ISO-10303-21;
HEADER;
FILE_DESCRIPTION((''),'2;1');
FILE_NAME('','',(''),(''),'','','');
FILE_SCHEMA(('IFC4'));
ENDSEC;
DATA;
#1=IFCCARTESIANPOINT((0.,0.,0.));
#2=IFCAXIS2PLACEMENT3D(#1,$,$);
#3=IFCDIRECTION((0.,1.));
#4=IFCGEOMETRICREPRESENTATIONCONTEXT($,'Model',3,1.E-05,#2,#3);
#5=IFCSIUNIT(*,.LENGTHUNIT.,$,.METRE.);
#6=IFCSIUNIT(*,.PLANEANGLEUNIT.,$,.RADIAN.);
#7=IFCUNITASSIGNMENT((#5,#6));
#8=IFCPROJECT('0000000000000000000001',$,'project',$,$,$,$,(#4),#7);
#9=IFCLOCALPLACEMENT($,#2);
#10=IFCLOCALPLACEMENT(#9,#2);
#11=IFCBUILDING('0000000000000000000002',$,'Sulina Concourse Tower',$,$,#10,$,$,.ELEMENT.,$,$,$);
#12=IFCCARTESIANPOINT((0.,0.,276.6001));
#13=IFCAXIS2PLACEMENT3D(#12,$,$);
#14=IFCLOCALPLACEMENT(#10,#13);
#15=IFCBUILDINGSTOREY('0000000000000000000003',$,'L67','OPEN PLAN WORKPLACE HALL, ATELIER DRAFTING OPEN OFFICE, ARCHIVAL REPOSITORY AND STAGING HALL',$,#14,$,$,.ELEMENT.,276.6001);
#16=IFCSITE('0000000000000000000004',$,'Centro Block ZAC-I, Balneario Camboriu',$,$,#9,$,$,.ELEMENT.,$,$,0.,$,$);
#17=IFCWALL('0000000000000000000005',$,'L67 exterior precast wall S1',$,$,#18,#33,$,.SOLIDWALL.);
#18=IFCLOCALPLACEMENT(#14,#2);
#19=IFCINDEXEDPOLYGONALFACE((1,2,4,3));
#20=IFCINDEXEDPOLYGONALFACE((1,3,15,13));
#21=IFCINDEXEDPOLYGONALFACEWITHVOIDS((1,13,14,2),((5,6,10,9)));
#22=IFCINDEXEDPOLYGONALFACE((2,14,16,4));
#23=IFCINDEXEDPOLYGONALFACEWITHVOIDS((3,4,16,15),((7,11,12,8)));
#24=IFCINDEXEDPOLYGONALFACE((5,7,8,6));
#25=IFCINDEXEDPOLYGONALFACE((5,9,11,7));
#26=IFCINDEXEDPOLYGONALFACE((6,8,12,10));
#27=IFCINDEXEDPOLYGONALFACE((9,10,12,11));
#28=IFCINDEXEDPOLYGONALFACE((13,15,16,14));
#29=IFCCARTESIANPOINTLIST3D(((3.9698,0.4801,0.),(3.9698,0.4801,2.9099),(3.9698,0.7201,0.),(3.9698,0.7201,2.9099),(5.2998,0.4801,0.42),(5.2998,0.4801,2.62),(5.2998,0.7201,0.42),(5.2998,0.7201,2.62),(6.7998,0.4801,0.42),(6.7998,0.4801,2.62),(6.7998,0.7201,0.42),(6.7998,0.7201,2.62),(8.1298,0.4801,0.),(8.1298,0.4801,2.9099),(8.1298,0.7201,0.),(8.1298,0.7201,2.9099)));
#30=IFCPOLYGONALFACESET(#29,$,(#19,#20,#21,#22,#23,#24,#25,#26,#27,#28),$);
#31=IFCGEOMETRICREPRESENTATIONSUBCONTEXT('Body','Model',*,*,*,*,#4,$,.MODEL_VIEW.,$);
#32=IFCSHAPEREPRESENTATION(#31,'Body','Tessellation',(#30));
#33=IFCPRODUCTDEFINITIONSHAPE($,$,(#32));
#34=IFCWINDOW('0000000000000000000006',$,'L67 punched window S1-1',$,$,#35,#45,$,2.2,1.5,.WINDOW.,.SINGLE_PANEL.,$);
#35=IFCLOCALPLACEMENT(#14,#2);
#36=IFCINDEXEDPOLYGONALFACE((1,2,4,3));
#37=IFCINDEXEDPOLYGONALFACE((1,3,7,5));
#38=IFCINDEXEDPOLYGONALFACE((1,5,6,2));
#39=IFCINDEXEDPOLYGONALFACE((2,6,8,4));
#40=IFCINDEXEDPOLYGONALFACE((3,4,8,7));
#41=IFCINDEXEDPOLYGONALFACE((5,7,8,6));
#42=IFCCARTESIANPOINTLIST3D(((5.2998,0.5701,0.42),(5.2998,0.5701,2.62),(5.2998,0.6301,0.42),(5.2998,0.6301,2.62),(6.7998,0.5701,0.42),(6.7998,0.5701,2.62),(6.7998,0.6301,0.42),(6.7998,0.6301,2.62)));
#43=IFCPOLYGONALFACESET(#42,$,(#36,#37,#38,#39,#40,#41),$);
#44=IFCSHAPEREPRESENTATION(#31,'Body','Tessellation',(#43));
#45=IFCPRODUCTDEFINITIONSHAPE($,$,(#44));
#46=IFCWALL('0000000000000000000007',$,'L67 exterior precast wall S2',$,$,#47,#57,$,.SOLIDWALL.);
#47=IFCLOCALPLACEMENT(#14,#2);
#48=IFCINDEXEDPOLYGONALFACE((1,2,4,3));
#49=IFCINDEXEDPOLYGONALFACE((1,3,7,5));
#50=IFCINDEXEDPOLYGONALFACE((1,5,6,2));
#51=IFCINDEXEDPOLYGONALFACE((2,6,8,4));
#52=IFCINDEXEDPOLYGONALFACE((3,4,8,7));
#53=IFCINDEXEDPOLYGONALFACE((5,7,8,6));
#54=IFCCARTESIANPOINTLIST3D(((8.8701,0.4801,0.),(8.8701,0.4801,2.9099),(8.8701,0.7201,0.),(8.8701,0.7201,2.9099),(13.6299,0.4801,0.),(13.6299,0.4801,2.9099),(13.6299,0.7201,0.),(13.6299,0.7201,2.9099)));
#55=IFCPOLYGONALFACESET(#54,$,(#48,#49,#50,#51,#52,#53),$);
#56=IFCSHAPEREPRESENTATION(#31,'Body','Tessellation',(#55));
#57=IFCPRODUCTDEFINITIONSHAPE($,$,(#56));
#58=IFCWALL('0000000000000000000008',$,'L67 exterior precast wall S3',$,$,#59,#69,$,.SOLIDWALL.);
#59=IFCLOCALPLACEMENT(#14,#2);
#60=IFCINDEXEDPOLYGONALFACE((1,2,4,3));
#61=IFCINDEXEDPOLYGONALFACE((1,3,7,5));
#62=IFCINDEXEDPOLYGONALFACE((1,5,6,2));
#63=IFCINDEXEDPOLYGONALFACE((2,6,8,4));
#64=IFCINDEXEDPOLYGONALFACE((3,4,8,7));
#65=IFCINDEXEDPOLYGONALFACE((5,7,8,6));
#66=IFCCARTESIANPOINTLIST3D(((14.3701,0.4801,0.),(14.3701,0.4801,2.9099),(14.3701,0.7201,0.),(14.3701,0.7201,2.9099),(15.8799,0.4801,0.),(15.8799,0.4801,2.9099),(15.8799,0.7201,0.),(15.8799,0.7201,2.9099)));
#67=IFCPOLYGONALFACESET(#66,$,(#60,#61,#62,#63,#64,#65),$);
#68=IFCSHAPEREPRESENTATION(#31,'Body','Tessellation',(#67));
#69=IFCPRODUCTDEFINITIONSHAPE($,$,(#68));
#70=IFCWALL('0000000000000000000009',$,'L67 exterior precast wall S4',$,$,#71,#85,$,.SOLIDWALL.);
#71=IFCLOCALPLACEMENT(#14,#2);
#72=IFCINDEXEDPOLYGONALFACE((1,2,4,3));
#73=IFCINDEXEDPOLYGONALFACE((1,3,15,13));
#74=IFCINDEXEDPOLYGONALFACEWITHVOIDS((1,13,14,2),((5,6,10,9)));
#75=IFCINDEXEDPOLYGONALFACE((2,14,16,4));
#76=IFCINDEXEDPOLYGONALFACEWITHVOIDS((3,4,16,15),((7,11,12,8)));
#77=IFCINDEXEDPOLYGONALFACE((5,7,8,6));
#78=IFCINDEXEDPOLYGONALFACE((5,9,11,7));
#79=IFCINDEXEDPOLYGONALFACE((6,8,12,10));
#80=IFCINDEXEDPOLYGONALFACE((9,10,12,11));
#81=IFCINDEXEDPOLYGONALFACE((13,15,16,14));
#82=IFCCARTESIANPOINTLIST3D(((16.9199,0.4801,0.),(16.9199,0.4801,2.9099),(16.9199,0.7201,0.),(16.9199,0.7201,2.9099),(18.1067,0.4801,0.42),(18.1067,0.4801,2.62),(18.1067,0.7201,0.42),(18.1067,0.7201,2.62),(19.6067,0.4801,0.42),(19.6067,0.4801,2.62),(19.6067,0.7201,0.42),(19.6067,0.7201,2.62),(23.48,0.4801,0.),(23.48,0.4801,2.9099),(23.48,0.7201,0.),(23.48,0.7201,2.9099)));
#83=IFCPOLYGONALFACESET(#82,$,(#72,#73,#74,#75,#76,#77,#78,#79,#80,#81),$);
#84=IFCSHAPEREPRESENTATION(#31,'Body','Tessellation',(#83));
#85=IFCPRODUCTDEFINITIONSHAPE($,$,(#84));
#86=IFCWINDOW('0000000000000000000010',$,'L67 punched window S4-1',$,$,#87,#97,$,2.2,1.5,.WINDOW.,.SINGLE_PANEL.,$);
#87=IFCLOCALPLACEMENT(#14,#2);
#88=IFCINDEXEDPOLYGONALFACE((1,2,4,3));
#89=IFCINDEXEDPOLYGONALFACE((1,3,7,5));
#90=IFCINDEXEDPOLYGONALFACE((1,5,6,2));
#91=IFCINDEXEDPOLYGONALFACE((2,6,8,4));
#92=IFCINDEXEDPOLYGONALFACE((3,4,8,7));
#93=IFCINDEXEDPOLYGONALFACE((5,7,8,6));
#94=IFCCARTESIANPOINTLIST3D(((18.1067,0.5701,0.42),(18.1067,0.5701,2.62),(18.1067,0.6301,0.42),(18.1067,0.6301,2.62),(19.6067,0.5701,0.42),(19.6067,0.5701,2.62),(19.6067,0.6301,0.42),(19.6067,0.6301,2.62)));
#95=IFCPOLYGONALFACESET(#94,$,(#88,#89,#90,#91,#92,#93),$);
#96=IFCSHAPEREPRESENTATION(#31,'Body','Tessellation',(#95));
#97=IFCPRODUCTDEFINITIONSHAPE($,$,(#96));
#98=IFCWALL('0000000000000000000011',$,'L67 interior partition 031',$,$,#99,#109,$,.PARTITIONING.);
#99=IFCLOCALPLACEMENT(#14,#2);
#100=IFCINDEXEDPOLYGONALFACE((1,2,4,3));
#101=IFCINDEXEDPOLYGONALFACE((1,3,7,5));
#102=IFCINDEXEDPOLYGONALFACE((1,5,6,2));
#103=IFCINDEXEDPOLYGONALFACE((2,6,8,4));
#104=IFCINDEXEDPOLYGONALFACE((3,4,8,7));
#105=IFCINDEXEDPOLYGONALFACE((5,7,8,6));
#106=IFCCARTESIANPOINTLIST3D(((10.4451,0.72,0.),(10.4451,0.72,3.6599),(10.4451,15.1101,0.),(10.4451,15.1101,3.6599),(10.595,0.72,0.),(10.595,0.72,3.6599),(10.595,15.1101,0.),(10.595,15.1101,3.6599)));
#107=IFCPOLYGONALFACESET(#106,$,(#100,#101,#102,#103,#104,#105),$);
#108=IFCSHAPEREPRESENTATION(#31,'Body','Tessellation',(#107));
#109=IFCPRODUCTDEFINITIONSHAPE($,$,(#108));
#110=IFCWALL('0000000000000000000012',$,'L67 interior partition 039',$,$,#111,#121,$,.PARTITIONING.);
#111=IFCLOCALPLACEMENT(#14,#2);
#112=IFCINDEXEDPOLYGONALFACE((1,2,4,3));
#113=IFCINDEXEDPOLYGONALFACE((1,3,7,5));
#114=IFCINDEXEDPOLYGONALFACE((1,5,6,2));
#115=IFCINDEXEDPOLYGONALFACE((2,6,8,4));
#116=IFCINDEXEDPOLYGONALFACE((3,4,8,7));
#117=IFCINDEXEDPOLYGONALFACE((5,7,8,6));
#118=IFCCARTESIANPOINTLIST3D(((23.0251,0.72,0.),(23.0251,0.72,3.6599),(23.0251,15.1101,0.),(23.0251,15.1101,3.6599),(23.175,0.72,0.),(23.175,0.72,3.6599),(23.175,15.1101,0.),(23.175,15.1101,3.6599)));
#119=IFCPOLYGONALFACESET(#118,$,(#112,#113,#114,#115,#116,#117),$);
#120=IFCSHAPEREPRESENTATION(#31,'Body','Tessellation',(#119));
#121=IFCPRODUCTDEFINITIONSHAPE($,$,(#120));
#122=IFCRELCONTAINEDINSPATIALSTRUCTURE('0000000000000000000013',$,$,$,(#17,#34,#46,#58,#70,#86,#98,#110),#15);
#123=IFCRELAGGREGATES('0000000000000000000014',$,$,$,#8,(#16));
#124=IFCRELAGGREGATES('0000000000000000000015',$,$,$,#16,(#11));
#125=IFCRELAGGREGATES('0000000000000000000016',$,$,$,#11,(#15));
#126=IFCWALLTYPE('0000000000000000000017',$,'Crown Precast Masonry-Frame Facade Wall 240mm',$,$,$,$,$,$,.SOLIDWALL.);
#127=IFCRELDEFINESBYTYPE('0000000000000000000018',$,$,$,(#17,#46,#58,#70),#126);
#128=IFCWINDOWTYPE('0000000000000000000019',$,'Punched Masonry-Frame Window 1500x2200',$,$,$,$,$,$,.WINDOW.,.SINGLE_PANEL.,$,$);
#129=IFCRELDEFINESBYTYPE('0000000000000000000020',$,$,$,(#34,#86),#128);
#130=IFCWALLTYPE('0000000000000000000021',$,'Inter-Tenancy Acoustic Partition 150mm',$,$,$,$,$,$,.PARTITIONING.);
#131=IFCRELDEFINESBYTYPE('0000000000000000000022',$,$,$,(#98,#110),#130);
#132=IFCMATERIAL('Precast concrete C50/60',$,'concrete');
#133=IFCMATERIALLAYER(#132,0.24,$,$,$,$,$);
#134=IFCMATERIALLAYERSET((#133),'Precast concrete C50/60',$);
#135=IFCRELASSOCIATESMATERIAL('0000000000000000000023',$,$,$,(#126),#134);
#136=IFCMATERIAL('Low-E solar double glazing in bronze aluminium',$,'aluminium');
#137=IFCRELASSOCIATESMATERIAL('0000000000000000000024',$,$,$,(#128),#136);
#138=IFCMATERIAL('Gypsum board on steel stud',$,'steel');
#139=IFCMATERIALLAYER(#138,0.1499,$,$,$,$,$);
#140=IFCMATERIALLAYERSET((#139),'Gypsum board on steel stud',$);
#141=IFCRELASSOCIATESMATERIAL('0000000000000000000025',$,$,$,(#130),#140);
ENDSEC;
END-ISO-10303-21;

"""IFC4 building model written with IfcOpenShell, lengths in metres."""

from ifc_helpers import new_model, si_unit, direction, frame, frame_2d, origin, place, context, subcontext, project, spatial, rectangle, extrude, material, layer, layer_set, type_object, element, fill, save


model = new_model("IFC4")

# Units and contexts
model_context = context("Model", 3, precision=1e-05, world=origin(), true_north=direction((0.0, 1.0)))
body_context = subcontext(model_context, "Body", "Model", "MODEL_VIEW")
ifc_project = project(units=[si_unit("LENGTHUNIT", "METRE"), si_unit("PLANEANGLEUNIT", "RADIAN")], contexts=[model_context])

# Site, building, storey
site_placement = place(None, origin())
site = spatial("IfcSite", under=ifc_project, at=site_placement, Name="Centro Block ZAC-I, Balneario Camboriu", CompositionType="ELEMENT", RefElevation=0.0)
building_placement = place(site_placement, origin())
building = spatial("IfcBuilding", under=site, at=building_placement, Name="Sulina Concourse Tower", CompositionType="ELEMENT")
storey_placement = place(building_placement, frame((0.0, 0.0, 276.6001)))
storey = spatial("IfcBuildingStorey", under=building, at=storey_placement, Name="L67", Description="OPEN PLAN WORKPLACE HALL, ATELIER DRAFTING OPEN OFFICE, ARCHIVAL REPOSITORY AND STAGING HALL", CompositionType="ELEMENT", Elevation=276.6001)

# Wall, opening, window
ifc_material_1 = material(Name="Precast concrete C50/60", Category="concrete")
ifc_layer_1 = layer(ifc_material_1, 0.24)
ifc_layer_set_1 = layer_set([ifc_layer_1], Name="Precast concrete C50/60")
wall_type_1 = type_object("IfcWallType", Name="Crown Precast Masonry-Frame Facade Wall 240mm", PredefinedType="SOLIDWALL", material=ifc_layer_set_1)
wall_1_placement = place(storey_placement, frame((8.1299, 0.6001, 0.0), z_axis=(0.0, 0.0, 1.0), x_axis=(-1.0, 0.0, 0.0)))
wall_1 = element("IfcWall", 1, at=wall_1_placement, inside=storey, type_object=wall_type_1, Name="L67 exterior precast wall S1", PredefinedType="SOLIDWALL", context=body_context, shape_type="SweptSolid", body=[
    extrude(rectangle(XDim=4.1599, YDim=0.24, at=frame_2d((2.0801, 0.0))), origin(), (0.0, 0.0, 1.0), 2.9099),
])
opening_1_placement = place(wall_1_placement, frame((1.3301, 0.0, 0.4199)))
opening_1 = element("IfcOpeningElement", 2, at=opening_1_placement, cuts=wall_1, PredefinedType="OPENING", context=body_context, shape_type="SweptSolid", body=[
    extrude(rectangle(XDim=1.5, YDim=2.2, at=frame_2d((0.75, 1.1001))), frame((0.0, 0.1299, 0.0), z_axis=(0.0, -1.0, 0.0), x_axis=(1.0, 0.0, 0.0)), (0.0, 0.0, 1.0), 0.26),
])
ifc_material_2 = material(Name="Low-E solar double glazing in bronze aluminium", Category="aluminium")
window_type = type_object("IfcWindowType", Name="Punched Masonry-Frame Window 1500x2200", PartitioningType="SINGLE_PANEL", PredefinedType="WINDOW", material=ifc_material_2)
window_1_placement = place(opening_1_placement, origin())
window_1 = element("IfcWindow", 3, at=window_1_placement, inside=storey, type_object=window_type, Name="L67 punched window S1-1", OverallHeight=2.2, OverallWidth=1.5, PartitioningType="SINGLE_PANEL", PredefinedType="WINDOW", context=body_context, shape_type="SweptSolid", body=[
    extrude(rectangle(XDim=1.5, YDim=2.2, at=frame_2d((0.75, 1.1001))), frame((0.0, 0.03, 0.0), z_axis=(0.0, -1.0, 0.0), x_axis=(1.0, 0.0, 0.0)), (0.0, 0.0, 1.0), 0.0601),
])
fill(opening_1, window_1)

# Walls
wall_2_placement = place(storey_placement, frame((13.6299, 0.6001, 0.0), z_axis=(0.0, 0.0, 1.0), x_axis=(-1.0, 0.0, 0.0)))
element("IfcWall", 4, at=wall_2_placement, inside=storey, type_object=wall_type_1, Name="L67 exterior precast wall S2", PredefinedType="SOLIDWALL", context=body_context, shape_type="SweptSolid", body=[
    extrude(rectangle(XDim=4.7598, YDim=0.24, at=frame_2d((2.3799, 0.0))), origin(), (0.0, 0.0, 1.0), 2.9099),
])
wall_3_placement = place(storey_placement, frame((15.8799, 0.6001, 0.0), z_axis=(0.0, 0.0, 1.0), x_axis=(-1.0, 0.0, 0.0)))
element("IfcWall", 5, at=wall_3_placement, inside=storey, type_object=wall_type_1, Name="L67 exterior precast wall S3", PredefinedType="SOLIDWALL", context=body_context, shape_type="SweptSolid", body=[
    extrude(rectangle(XDim=1.5098, YDim=0.24, at=frame_2d((0.7549, 0.0))), origin(), (0.0, 0.0, 1.0), 2.9099),
])

# Wall, opening, window
wall_4_placement = place(storey_placement, frame((23.48, 0.6001, 0.0), z_axis=(0.0, 0.0, 1.0), x_axis=(-1.0, 0.0, 0.0)))
wall_4 = element("IfcWall", 6, at=wall_4_placement, inside=storey, type_object=wall_type_1, Name="L67 exterior precast wall S4", PredefinedType="SOLIDWALL", context=body_context, shape_type="SweptSolid", body=[
    extrude(rectangle(XDim=6.5601, YDim=0.24, at=frame_2d((3.28, 0.0))), origin(), (0.0, 0.0, 1.0), 2.9099),
])
opening_2_placement = place(wall_4_placement, frame((3.8733, 0.0, 0.4199)))
opening_2 = element("IfcOpeningElement", 7, at=opening_2_placement, cuts=wall_4, PredefinedType="OPENING", context=body_context, shape_type="SweptSolid", body=[
    extrude(rectangle(XDim=1.5, YDim=2.2, at=frame_2d((0.75, 1.1001))), frame((0.0, 0.1299, 0.0), z_axis=(0.0, -1.0, 0.0), x_axis=(1.0, 0.0, 0.0)), (0.0, 0.0, 1.0), 0.26),
])
window_2_placement = place(opening_2_placement, origin())
window_2 = element("IfcWindow", 8, at=window_2_placement, inside=storey, type_object=window_type, Name="L67 punched window S4-1", OverallHeight=2.2, OverallWidth=1.5, PartitioningType="SINGLE_PANEL", PredefinedType="WINDOW", context=body_context, shape_type="SweptSolid", body=[
    extrude(rectangle(XDim=1.5, YDim=2.2, at=frame_2d((0.75, 1.1001))), frame((0.0, 0.03, 0.0), z_axis=(0.0, -1.0, 0.0), x_axis=(1.0, 0.0, 0.0)), (0.0, 0.0, 1.0), 0.0601),
])
fill(opening_2, window_2)

# Walls
ifc_material_3 = material(Name="Gypsum board on steel stud", Category="steel")
ifc_layer_2 = layer(ifc_material_3, 0.1499)
ifc_layer_set_2 = layer_set([ifc_layer_2], Name="Gypsum board on steel stud")
wall_type_2 = type_object("IfcWallType", Name="Inter-Tenancy Acoustic Partition 150mm", PredefinedType="PARTITIONING", material=ifc_layer_set_2)
for number, where, z_axis, x_axis, name in (
    (9, (10.52, 0.72, 0.0), (0.0, 0.0, 1.0), (0.0, 1.0, 0.0), "L67 interior partition 031"),
    (10, (23.1001, 0.72, 0.0), (0.0, 0.0, 1.0), (0.0, 1.0, 0.0), "L67 interior partition 039"),
):
    element("IfcWall", number, at=place(storey_placement, frame(where, z_axis=z_axis, x_axis=x_axis)), inside=storey, type_object=wall_type_2, Name=name, PredefinedType="PARTITIONING", context=body_context, shape_type="SweptSolid", body=[
        extrude(rectangle(XDim=14.3901, YDim=0.1499, at=frame_2d((7.1951, 0.0))), origin(), (0.0, 0.0, 1.0), 3.6599),
    ])

save(model, "model.ifc")
